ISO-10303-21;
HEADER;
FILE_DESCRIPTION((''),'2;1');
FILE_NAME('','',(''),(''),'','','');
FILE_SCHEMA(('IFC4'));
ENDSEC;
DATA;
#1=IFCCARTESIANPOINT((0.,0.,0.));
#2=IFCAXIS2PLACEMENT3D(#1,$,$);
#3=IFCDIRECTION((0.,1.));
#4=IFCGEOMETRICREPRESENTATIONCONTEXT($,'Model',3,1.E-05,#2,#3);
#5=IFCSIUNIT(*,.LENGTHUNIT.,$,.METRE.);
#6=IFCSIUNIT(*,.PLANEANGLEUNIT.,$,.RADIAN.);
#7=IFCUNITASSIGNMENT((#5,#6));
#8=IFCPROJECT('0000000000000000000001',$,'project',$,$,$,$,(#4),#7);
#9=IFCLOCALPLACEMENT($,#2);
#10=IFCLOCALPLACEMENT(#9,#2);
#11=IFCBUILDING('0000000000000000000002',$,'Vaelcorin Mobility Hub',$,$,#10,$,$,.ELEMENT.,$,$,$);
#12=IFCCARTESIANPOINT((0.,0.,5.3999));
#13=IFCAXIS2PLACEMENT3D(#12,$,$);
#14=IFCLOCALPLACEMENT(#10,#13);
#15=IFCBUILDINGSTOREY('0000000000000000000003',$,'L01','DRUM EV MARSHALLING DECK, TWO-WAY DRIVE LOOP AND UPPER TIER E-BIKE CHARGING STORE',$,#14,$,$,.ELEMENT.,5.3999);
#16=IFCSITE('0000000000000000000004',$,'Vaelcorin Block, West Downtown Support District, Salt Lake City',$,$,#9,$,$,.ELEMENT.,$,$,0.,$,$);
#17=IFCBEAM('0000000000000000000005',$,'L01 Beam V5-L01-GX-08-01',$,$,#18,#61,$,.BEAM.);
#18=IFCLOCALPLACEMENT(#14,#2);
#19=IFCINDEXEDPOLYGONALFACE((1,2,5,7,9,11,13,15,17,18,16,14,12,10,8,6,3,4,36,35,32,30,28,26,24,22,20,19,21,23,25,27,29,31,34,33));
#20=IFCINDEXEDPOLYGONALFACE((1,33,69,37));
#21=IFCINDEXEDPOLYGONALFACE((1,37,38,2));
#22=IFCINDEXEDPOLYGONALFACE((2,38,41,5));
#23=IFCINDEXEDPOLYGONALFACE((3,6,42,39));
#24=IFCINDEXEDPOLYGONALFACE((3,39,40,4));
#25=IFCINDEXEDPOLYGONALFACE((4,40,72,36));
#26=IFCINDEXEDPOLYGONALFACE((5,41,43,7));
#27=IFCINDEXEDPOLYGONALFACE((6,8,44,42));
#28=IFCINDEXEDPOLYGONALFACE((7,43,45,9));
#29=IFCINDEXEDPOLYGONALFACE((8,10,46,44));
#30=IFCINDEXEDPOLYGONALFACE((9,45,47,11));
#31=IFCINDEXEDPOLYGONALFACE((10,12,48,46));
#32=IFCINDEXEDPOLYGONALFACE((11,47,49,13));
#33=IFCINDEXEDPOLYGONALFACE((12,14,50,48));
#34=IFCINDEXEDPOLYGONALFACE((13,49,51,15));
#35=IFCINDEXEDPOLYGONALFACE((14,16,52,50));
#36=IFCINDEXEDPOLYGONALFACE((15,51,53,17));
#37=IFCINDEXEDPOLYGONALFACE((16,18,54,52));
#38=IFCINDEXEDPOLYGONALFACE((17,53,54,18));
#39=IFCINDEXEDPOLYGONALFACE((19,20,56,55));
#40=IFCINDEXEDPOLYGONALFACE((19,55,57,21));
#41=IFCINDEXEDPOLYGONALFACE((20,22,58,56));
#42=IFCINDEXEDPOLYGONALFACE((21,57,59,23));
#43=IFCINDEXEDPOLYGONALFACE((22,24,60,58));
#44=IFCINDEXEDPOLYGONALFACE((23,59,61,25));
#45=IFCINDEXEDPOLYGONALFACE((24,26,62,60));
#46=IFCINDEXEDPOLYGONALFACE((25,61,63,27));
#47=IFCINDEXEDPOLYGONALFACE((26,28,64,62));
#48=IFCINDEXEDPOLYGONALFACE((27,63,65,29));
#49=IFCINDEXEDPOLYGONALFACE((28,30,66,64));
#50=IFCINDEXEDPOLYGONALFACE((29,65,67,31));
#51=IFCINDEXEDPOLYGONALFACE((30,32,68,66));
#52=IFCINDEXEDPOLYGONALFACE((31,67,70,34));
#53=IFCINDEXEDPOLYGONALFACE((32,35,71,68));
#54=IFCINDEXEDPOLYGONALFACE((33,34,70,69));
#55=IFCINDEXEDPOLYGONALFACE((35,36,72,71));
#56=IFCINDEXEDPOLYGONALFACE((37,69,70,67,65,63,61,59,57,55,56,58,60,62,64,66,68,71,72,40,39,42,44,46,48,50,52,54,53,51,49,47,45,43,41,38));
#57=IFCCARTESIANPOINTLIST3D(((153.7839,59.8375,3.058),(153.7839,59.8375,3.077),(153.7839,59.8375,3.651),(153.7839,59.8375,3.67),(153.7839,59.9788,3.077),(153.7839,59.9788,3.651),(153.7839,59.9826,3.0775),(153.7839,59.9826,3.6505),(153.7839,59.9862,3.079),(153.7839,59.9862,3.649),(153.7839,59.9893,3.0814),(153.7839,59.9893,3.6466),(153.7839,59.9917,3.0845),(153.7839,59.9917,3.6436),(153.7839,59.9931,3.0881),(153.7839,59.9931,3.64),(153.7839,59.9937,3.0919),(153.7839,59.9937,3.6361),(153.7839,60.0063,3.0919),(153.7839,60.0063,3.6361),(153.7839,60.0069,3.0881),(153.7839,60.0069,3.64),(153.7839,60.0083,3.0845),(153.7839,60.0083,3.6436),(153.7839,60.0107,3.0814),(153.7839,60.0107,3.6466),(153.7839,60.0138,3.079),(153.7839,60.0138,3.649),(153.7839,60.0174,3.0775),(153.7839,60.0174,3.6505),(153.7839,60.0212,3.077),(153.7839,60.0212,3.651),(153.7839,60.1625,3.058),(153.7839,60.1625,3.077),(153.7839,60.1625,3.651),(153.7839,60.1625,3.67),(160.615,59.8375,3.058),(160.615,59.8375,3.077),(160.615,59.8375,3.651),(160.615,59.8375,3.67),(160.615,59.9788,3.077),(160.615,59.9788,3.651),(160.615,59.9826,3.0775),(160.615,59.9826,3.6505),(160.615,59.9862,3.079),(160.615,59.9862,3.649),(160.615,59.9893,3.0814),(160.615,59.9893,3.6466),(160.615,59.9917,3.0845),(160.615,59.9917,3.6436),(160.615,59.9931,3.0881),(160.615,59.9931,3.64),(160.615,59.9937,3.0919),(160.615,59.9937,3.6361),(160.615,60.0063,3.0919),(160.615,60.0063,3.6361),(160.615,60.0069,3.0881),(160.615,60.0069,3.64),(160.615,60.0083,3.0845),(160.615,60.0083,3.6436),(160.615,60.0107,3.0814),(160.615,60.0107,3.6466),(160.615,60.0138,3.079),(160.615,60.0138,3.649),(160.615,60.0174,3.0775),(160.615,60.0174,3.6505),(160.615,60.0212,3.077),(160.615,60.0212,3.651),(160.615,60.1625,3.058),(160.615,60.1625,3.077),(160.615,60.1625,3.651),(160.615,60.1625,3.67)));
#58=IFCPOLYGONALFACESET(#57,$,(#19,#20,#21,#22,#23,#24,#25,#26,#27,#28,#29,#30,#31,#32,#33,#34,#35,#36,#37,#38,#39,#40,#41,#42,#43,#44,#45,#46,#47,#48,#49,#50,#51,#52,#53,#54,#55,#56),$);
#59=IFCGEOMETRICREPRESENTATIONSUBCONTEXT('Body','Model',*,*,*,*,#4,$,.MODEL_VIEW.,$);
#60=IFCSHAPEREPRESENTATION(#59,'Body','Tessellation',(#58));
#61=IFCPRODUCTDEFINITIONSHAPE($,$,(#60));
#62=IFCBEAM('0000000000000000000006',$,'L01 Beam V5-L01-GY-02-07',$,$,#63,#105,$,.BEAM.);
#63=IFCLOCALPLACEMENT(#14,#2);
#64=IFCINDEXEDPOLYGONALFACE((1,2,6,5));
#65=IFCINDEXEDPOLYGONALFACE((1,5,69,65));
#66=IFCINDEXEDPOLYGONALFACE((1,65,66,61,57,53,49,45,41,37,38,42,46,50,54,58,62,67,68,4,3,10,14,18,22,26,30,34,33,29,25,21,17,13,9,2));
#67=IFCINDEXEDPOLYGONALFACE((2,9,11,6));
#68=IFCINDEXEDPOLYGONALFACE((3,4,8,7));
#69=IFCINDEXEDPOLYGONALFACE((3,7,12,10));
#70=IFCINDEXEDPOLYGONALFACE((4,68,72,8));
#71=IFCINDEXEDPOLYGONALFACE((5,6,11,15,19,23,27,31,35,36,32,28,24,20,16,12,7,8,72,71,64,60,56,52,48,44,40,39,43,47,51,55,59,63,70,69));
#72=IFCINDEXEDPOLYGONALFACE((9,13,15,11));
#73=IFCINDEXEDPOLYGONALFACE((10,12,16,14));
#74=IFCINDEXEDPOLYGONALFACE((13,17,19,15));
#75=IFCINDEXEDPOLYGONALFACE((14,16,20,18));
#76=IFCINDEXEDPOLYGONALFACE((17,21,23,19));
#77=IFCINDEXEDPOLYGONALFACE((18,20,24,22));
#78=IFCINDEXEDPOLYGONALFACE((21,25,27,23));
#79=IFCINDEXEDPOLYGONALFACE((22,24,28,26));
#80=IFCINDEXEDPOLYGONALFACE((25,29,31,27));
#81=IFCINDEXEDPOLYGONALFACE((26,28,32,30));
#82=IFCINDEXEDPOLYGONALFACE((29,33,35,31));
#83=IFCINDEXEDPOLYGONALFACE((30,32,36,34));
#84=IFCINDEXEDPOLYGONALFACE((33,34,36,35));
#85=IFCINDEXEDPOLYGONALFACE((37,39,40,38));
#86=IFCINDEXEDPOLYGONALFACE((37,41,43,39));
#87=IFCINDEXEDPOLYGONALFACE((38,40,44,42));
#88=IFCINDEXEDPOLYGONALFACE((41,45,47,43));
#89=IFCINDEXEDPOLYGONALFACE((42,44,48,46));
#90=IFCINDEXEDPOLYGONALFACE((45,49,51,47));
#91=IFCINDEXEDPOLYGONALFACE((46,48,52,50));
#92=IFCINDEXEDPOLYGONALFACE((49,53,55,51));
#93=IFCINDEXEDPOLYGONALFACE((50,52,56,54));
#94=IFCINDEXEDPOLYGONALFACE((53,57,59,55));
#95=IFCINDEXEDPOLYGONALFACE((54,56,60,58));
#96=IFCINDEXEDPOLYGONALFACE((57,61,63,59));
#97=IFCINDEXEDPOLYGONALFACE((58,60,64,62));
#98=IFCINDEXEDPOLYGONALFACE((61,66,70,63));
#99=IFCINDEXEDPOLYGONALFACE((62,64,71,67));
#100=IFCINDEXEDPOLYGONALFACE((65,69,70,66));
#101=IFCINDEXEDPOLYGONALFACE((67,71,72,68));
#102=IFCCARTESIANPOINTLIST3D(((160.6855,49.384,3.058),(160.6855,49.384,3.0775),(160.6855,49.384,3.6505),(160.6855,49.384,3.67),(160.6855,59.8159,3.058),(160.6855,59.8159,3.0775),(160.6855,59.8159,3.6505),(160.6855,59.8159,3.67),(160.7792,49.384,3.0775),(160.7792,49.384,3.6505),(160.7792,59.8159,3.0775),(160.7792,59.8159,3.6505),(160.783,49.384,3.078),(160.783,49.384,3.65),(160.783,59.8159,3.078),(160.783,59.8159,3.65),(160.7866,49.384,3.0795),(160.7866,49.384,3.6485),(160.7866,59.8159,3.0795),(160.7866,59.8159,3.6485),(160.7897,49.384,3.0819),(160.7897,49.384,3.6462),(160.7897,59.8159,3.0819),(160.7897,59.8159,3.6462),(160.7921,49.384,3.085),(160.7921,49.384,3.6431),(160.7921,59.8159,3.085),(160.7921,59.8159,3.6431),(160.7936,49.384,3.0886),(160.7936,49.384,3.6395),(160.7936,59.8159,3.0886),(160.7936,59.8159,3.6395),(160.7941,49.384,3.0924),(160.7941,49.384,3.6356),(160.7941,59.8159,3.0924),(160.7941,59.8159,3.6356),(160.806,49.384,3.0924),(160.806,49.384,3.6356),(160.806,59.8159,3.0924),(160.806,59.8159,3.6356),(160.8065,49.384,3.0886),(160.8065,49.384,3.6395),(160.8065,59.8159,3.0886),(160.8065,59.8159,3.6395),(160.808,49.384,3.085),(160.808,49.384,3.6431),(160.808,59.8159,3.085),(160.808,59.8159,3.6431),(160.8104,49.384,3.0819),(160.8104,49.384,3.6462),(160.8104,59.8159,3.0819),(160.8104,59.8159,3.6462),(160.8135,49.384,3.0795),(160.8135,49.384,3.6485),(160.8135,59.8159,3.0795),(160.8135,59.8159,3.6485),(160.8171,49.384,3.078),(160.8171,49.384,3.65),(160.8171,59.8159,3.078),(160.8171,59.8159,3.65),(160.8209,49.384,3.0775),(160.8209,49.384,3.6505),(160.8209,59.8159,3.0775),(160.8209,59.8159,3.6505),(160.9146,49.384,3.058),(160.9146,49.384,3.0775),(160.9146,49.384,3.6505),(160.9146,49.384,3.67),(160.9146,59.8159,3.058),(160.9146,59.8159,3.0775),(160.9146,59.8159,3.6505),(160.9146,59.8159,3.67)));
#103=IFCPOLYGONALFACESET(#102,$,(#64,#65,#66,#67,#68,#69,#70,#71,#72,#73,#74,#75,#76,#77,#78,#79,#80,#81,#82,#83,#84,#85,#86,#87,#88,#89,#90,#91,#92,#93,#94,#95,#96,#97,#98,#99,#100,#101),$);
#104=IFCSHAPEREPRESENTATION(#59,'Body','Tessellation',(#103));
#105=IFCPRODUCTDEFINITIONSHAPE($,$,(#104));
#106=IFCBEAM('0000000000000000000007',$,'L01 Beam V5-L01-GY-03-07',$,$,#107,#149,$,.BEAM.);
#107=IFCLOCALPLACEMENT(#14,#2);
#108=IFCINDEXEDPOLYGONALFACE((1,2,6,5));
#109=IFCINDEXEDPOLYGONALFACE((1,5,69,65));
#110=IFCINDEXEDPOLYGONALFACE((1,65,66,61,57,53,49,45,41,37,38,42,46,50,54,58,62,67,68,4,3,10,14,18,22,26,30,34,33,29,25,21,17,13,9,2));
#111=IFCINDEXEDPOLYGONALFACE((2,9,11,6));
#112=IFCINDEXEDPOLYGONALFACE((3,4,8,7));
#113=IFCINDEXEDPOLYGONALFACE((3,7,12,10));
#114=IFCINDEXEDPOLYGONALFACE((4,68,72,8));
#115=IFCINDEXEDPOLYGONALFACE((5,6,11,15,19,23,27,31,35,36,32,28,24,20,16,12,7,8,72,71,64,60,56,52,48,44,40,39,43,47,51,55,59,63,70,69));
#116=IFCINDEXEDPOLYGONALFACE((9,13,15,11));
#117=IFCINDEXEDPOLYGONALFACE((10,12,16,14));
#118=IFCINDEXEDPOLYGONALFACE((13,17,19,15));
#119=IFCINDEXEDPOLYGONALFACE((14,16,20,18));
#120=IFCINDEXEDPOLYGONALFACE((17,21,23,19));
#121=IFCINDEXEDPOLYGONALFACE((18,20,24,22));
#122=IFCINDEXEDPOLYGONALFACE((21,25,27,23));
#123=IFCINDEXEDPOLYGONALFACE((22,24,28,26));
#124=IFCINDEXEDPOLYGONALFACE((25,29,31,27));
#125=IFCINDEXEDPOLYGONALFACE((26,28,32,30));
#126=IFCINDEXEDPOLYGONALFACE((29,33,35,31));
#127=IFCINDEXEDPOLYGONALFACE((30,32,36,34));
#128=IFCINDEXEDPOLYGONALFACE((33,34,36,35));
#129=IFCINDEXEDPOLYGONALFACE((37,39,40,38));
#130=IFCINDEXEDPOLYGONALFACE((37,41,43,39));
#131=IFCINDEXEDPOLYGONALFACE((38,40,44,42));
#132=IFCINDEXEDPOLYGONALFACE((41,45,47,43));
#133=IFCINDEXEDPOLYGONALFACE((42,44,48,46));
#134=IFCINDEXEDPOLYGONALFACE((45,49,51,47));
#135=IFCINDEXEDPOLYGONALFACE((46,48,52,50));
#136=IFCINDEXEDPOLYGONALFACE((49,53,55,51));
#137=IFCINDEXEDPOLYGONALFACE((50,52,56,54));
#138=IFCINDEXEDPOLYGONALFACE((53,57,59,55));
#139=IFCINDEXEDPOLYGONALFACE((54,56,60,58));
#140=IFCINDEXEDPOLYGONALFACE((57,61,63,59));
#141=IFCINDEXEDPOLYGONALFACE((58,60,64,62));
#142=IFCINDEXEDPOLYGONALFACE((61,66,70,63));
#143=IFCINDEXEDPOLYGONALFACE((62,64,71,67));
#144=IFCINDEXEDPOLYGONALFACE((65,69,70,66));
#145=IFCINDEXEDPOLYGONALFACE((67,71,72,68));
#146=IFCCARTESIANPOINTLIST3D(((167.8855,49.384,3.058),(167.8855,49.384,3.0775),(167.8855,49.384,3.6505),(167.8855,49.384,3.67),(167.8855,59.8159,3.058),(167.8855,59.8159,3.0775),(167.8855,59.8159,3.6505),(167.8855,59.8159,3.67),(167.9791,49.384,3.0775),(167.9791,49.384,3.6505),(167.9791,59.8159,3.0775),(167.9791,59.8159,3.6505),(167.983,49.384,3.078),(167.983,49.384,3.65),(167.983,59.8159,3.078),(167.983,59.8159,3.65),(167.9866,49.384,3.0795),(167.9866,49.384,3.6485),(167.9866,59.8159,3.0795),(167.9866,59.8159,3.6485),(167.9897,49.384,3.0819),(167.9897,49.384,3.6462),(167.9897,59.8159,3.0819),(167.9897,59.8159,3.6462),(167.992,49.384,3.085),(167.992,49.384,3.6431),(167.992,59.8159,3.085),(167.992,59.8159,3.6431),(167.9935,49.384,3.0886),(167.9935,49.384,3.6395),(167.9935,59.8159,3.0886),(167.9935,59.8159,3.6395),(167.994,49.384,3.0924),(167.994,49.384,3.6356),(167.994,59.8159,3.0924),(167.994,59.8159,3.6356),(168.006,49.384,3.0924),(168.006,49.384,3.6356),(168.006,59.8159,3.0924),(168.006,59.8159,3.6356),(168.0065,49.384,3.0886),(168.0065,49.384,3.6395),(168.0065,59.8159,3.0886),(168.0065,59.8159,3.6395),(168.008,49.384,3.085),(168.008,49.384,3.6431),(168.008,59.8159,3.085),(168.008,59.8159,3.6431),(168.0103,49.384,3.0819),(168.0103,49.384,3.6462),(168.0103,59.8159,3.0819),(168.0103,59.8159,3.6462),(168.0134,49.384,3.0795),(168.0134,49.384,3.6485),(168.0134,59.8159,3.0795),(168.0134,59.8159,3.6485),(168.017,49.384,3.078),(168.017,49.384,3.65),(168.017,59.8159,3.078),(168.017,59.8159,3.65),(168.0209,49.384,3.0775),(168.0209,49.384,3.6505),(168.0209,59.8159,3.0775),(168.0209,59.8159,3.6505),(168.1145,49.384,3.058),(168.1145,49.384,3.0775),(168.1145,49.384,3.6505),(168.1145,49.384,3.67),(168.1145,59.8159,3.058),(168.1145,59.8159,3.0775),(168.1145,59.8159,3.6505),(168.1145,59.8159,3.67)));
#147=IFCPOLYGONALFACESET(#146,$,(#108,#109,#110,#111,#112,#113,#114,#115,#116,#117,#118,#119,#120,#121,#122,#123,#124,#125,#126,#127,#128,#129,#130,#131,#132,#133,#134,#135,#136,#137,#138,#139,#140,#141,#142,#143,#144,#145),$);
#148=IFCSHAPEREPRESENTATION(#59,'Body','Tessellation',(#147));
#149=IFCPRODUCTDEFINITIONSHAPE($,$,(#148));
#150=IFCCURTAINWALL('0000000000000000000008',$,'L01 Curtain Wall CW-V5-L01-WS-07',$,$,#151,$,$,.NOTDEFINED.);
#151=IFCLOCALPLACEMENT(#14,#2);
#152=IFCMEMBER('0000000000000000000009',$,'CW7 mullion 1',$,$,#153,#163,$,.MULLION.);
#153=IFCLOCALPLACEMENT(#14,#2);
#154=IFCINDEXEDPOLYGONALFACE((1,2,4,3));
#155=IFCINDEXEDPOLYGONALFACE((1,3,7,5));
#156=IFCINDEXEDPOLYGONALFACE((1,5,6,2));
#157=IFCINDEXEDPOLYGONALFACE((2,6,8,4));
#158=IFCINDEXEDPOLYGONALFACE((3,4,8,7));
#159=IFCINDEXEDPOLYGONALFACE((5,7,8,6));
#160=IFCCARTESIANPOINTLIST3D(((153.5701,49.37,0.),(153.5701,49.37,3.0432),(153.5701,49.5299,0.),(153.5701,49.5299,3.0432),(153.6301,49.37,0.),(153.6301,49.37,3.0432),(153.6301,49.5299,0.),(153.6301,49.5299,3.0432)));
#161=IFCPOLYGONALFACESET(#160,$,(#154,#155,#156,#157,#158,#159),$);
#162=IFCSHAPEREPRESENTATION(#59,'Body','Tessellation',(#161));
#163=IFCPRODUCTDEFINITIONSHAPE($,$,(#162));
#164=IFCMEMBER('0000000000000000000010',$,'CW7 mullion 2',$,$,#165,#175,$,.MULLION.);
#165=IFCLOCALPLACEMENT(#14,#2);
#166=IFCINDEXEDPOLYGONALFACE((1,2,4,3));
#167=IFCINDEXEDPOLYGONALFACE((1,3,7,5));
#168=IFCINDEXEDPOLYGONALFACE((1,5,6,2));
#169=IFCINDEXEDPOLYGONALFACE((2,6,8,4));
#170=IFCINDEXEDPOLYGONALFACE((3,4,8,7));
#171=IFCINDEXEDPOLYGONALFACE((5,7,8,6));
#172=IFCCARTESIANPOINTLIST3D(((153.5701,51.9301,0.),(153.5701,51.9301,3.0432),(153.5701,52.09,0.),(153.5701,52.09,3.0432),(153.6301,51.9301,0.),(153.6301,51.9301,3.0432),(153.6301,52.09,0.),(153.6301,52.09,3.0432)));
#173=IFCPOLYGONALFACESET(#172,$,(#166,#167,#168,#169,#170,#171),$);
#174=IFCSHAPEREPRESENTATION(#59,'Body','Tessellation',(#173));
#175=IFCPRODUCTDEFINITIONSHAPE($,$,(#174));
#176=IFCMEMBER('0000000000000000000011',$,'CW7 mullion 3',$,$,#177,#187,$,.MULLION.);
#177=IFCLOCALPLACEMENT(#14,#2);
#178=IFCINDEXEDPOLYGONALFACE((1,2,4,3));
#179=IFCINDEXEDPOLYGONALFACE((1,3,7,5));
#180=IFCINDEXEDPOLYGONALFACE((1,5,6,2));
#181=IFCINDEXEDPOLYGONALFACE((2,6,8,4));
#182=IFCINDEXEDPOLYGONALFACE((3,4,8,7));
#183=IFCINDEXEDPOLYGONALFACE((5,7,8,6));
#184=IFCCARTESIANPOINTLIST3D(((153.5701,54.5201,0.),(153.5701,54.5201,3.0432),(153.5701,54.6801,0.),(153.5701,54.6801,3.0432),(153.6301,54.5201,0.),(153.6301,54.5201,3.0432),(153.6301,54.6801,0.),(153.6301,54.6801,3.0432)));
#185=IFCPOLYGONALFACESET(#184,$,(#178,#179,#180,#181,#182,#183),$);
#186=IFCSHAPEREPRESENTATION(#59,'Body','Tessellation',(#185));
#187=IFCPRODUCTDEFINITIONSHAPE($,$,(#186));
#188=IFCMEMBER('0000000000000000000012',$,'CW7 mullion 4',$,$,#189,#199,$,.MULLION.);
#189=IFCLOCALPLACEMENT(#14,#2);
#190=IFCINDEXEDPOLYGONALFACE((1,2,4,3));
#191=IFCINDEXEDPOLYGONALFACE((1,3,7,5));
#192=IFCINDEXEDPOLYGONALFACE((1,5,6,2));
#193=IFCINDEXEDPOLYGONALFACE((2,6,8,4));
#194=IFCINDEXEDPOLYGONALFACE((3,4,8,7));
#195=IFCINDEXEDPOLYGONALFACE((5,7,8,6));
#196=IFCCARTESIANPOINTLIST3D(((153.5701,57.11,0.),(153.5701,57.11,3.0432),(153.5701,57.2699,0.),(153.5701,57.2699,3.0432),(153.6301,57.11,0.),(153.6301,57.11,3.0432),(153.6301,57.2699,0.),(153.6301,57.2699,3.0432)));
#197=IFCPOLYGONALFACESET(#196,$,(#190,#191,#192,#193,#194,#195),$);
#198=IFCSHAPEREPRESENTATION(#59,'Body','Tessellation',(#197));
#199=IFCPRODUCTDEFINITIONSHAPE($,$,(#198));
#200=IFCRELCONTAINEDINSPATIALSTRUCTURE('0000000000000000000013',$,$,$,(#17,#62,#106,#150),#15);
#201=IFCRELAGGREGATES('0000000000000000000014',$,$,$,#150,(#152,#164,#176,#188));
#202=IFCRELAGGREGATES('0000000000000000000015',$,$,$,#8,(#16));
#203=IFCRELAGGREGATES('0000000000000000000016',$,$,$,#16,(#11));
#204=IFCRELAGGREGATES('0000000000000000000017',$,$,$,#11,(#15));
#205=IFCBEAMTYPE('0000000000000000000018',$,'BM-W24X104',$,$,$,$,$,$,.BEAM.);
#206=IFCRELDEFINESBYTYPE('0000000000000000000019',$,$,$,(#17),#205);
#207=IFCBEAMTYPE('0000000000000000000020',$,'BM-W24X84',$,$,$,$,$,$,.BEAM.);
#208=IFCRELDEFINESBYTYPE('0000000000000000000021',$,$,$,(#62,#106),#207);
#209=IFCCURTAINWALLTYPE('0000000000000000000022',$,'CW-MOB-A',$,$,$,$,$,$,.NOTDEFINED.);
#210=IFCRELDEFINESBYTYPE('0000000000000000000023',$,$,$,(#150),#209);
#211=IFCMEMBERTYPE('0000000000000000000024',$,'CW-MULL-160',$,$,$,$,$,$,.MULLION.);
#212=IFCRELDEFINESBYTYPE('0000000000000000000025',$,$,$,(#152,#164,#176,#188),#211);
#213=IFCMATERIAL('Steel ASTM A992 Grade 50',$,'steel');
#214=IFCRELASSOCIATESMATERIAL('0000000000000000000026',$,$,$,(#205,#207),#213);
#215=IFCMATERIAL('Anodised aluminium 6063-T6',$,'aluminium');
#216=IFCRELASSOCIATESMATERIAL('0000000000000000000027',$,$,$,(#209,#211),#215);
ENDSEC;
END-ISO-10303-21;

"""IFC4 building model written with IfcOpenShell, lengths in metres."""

from ifc_helpers import new_model, si_unit, direction, frame, origin, origin_2d, place, context, subcontext, project, spatial, rectangle, i_section, extrude, material, material_profile, profile_set, type_object, element, aggregate, save


model = new_model("IFC4")

# Units and contexts
model_context = context("Model", 3, precision=1e-05, world=origin(), true_north=direction((0.0, 1.0)))
body_context = subcontext(model_context, "Body", "Model", "MODEL_VIEW")
ifc_project = project(units=[si_unit("LENGTHUNIT", "METRE"), si_unit("PLANEANGLEUNIT", "RADIAN")], contexts=[model_context])

# Site, building, storey
site_placement = place(None, origin())
site = spatial("IfcSite", under=ifc_project, at=site_placement, Name="Vaelcorin Block, West Downtown Support District, Salt Lake City", CompositionType="ELEMENT", RefElevation=0.0)
building_placement = place(site_placement, origin())
building = spatial("IfcBuilding", under=site, at=building_placement, Name="Vaelcorin Mobility Hub", CompositionType="ELEMENT")
storey_placement = place(building_placement, frame((0.0, 0.0, 5.3999)))
storey = spatial("IfcBuildingStorey", under=building, at=storey_placement, Name="L01", Description="DRUM EV MARSHALLING DECK, TWO-WAY DRIVE LOOP AND UPPER TIER E-BIKE CHARGING STORE", CompositionType="ELEMENT", Elevation=5.3999)

# Shared definitions
ifc_material_1 = material(Name="Steel ASTM A992 Grade 50", Category="steel")

# Beams
ifc_material_profile_1 = material_profile(ifc_material_1, i_section(OverallWidth=0.325, OverallDepth=0.6121, WebThickness=0.0127, FlangeThickness=0.019, FilletRadius=0.0149, at=origin_2d()), Name="W24X104")
ifc_profile_set_1 = profile_set([ifc_material_profile_1], Name="Steel ASTM A992 Grade 50")
beam_type_1 = type_object("IfcBeamType", Name="BM-W24X104", PredefinedType="BEAM", material=ifc_profile_set_1)
beam_1_placement = place(storey_placement, frame((153.7839, 60.0, 3.364), z_axis=(1.0, 0.0, 0.0), x_axis=(0.0, 1.0, 0.0)))
element("IfcBeam", 1, at=beam_1_placement, inside=storey, type_object=beam_type_1, Name="L01 Beam V5-L01-GX-08-01", PredefinedType="BEAM", context=body_context, shape_type="SweptSolid", body=[
    extrude(i_section(OverallWidth=0.325, OverallDepth=0.6121, WebThickness=0.0127, FlangeThickness=0.019, FilletRadius=0.0149, at=origin_2d()), origin(), (0.0, 0.0, 1.0), 6.8311),
])
ifc_material_profile_2 = material_profile(ifc_material_1, i_section(OverallWidth=0.229, OverallDepth=0.6121, WebThickness=0.012, FlangeThickness=0.0195, FilletRadius=0.0149, at=origin_2d()), Name="W24X84")
ifc_profile_set_2 = profile_set([ifc_material_profile_2], Name="Steel ASTM A992 Grade 50")
beam_type_2 = type_object("IfcBeamType", Name="BM-W24X84", PredefinedType="BEAM", material=ifc_profile_set_2)
for number, where, z_axis, x_axis, name in (
    (2, (160.8, 49.384, 3.364), (0.0, 1.0, 0.0), (-1.0, 0.0, 0.0), "L01 Beam V5-L01-GY-02-07"),
    (3, (168.0, 49.384, 3.364), (0.0, 1.0, 0.0), (-1.0, 0.0, 0.0), "L01 Beam V5-L01-GY-03-07"),
):
    element("IfcBeam", number, at=place(storey_placement, frame(where, z_axis=z_axis, x_axis=x_axis)), inside=storey, type_object=beam_type_2, Name=name, PredefinedType="BEAM", context=body_context, shape_type="SweptSolid", body=[
        extrude(i_section(OverallWidth=0.229, OverallDepth=0.6121, WebThickness=0.012, FlangeThickness=0.0195, FilletRadius=0.0149, at=origin_2d()), origin(), (0.0, 0.0, 1.0), 10.4319),
    ])

# Curtain wall, members
ifc_material_2 = material(Name="Anodised aluminium 6063-T6", Category="aluminium")
curtain_wall_type = type_object("IfcCurtainWallType", Name="CW-MOB-A", PredefinedType="NOTDEFINED", material=ifc_material_2)
curtain_wall_placement = place(storey_placement, origin())
curtain_wall = element("IfcCurtainWall", 4, at=curtain_wall_placement, inside=storey, type_object=curtain_wall_type, Name="L01 Curtain Wall CW-V5-L01-WS-07", PredefinedType="NOTDEFINED")
ifc_material_profile_3 = material_profile(ifc_material_2, rectangle(XDim=0.0601, YDim=0.1599, at=origin_2d()), Name="ALU-M60X160")
ifc_profile_set_3 = profile_set([ifc_material_profile_3], Name="Anodised aluminium 6063-T6")
member_type_1 = type_object("IfcMemberType", Name="CW-MULL-160", PredefinedType="MULLION", material=ifc_profile_set_3)
member_1_placement = place(storey_placement, frame((153.6001, 49.45, 0.0), z_axis=(0.0, 0.0, 1.0), x_axis=(-1.0, 0.0, 0.0)))
member_1 = element("IfcMember", 5, at=member_1_placement, type_object=member_type_1, Name="CW7 mullion 1", PredefinedType="MULLION", context=body_context, shape_type="SweptSolid", body=[
    extrude(rectangle(XDim=0.0601, YDim=0.1599, at=origin_2d()), origin(), (0.0, 0.0, 1.0), 3.0432),
])
member_2_placement = place(storey_placement, frame((153.6001, 52.01, 0.0), z_axis=(0.0, 0.0, 1.0), x_axis=(-1.0, 0.0, 0.0)))
member_2 = element("IfcMember", 6, at=member_2_placement, type_object=member_type_1, Name="CW7 mullion 2", PredefinedType="MULLION", context=body_context, shape_type="SweptSolid", body=[
    extrude(rectangle(XDim=0.0601, YDim=0.1599, at=origin_2d()), origin(), (0.0, 0.0, 1.0), 3.0432),
])
member_3_placement = place(storey_placement, frame((153.6001, 54.6001, 0.0), z_axis=(0.0, 0.0, 1.0), x_axis=(-1.0, 0.0, 0.0)))
member_3 = element("IfcMember", 7, at=member_3_placement, type_object=member_type_1, Name="CW7 mullion 3", PredefinedType="MULLION", context=body_context, shape_type="SweptSolid", body=[
    extrude(rectangle(XDim=0.0601, YDim=0.1599, at=origin_2d()), origin(), (0.0, 0.0, 1.0), 3.0432),
])
member_4_placement = place(storey_placement, frame((153.6001, 57.1899, 0.0), z_axis=(0.0, 0.0, 1.0), x_axis=(-1.0, 0.0, 0.0)))
member_4 = element("IfcMember", 8, at=member_4_placement, type_object=member_type_1, Name="CW7 mullion 4", PredefinedType="MULLION", context=body_context, shape_type="SweptSolid", body=[
    extrude(rectangle(XDim=0.0601, YDim=0.1599, at=origin_2d()), origin(), (0.0, 0.0, 1.0), 3.0432),
])
aggregate(curtain_wall, [member_1, member_2, member_3, member_4])

save(model, "model.ifc")
